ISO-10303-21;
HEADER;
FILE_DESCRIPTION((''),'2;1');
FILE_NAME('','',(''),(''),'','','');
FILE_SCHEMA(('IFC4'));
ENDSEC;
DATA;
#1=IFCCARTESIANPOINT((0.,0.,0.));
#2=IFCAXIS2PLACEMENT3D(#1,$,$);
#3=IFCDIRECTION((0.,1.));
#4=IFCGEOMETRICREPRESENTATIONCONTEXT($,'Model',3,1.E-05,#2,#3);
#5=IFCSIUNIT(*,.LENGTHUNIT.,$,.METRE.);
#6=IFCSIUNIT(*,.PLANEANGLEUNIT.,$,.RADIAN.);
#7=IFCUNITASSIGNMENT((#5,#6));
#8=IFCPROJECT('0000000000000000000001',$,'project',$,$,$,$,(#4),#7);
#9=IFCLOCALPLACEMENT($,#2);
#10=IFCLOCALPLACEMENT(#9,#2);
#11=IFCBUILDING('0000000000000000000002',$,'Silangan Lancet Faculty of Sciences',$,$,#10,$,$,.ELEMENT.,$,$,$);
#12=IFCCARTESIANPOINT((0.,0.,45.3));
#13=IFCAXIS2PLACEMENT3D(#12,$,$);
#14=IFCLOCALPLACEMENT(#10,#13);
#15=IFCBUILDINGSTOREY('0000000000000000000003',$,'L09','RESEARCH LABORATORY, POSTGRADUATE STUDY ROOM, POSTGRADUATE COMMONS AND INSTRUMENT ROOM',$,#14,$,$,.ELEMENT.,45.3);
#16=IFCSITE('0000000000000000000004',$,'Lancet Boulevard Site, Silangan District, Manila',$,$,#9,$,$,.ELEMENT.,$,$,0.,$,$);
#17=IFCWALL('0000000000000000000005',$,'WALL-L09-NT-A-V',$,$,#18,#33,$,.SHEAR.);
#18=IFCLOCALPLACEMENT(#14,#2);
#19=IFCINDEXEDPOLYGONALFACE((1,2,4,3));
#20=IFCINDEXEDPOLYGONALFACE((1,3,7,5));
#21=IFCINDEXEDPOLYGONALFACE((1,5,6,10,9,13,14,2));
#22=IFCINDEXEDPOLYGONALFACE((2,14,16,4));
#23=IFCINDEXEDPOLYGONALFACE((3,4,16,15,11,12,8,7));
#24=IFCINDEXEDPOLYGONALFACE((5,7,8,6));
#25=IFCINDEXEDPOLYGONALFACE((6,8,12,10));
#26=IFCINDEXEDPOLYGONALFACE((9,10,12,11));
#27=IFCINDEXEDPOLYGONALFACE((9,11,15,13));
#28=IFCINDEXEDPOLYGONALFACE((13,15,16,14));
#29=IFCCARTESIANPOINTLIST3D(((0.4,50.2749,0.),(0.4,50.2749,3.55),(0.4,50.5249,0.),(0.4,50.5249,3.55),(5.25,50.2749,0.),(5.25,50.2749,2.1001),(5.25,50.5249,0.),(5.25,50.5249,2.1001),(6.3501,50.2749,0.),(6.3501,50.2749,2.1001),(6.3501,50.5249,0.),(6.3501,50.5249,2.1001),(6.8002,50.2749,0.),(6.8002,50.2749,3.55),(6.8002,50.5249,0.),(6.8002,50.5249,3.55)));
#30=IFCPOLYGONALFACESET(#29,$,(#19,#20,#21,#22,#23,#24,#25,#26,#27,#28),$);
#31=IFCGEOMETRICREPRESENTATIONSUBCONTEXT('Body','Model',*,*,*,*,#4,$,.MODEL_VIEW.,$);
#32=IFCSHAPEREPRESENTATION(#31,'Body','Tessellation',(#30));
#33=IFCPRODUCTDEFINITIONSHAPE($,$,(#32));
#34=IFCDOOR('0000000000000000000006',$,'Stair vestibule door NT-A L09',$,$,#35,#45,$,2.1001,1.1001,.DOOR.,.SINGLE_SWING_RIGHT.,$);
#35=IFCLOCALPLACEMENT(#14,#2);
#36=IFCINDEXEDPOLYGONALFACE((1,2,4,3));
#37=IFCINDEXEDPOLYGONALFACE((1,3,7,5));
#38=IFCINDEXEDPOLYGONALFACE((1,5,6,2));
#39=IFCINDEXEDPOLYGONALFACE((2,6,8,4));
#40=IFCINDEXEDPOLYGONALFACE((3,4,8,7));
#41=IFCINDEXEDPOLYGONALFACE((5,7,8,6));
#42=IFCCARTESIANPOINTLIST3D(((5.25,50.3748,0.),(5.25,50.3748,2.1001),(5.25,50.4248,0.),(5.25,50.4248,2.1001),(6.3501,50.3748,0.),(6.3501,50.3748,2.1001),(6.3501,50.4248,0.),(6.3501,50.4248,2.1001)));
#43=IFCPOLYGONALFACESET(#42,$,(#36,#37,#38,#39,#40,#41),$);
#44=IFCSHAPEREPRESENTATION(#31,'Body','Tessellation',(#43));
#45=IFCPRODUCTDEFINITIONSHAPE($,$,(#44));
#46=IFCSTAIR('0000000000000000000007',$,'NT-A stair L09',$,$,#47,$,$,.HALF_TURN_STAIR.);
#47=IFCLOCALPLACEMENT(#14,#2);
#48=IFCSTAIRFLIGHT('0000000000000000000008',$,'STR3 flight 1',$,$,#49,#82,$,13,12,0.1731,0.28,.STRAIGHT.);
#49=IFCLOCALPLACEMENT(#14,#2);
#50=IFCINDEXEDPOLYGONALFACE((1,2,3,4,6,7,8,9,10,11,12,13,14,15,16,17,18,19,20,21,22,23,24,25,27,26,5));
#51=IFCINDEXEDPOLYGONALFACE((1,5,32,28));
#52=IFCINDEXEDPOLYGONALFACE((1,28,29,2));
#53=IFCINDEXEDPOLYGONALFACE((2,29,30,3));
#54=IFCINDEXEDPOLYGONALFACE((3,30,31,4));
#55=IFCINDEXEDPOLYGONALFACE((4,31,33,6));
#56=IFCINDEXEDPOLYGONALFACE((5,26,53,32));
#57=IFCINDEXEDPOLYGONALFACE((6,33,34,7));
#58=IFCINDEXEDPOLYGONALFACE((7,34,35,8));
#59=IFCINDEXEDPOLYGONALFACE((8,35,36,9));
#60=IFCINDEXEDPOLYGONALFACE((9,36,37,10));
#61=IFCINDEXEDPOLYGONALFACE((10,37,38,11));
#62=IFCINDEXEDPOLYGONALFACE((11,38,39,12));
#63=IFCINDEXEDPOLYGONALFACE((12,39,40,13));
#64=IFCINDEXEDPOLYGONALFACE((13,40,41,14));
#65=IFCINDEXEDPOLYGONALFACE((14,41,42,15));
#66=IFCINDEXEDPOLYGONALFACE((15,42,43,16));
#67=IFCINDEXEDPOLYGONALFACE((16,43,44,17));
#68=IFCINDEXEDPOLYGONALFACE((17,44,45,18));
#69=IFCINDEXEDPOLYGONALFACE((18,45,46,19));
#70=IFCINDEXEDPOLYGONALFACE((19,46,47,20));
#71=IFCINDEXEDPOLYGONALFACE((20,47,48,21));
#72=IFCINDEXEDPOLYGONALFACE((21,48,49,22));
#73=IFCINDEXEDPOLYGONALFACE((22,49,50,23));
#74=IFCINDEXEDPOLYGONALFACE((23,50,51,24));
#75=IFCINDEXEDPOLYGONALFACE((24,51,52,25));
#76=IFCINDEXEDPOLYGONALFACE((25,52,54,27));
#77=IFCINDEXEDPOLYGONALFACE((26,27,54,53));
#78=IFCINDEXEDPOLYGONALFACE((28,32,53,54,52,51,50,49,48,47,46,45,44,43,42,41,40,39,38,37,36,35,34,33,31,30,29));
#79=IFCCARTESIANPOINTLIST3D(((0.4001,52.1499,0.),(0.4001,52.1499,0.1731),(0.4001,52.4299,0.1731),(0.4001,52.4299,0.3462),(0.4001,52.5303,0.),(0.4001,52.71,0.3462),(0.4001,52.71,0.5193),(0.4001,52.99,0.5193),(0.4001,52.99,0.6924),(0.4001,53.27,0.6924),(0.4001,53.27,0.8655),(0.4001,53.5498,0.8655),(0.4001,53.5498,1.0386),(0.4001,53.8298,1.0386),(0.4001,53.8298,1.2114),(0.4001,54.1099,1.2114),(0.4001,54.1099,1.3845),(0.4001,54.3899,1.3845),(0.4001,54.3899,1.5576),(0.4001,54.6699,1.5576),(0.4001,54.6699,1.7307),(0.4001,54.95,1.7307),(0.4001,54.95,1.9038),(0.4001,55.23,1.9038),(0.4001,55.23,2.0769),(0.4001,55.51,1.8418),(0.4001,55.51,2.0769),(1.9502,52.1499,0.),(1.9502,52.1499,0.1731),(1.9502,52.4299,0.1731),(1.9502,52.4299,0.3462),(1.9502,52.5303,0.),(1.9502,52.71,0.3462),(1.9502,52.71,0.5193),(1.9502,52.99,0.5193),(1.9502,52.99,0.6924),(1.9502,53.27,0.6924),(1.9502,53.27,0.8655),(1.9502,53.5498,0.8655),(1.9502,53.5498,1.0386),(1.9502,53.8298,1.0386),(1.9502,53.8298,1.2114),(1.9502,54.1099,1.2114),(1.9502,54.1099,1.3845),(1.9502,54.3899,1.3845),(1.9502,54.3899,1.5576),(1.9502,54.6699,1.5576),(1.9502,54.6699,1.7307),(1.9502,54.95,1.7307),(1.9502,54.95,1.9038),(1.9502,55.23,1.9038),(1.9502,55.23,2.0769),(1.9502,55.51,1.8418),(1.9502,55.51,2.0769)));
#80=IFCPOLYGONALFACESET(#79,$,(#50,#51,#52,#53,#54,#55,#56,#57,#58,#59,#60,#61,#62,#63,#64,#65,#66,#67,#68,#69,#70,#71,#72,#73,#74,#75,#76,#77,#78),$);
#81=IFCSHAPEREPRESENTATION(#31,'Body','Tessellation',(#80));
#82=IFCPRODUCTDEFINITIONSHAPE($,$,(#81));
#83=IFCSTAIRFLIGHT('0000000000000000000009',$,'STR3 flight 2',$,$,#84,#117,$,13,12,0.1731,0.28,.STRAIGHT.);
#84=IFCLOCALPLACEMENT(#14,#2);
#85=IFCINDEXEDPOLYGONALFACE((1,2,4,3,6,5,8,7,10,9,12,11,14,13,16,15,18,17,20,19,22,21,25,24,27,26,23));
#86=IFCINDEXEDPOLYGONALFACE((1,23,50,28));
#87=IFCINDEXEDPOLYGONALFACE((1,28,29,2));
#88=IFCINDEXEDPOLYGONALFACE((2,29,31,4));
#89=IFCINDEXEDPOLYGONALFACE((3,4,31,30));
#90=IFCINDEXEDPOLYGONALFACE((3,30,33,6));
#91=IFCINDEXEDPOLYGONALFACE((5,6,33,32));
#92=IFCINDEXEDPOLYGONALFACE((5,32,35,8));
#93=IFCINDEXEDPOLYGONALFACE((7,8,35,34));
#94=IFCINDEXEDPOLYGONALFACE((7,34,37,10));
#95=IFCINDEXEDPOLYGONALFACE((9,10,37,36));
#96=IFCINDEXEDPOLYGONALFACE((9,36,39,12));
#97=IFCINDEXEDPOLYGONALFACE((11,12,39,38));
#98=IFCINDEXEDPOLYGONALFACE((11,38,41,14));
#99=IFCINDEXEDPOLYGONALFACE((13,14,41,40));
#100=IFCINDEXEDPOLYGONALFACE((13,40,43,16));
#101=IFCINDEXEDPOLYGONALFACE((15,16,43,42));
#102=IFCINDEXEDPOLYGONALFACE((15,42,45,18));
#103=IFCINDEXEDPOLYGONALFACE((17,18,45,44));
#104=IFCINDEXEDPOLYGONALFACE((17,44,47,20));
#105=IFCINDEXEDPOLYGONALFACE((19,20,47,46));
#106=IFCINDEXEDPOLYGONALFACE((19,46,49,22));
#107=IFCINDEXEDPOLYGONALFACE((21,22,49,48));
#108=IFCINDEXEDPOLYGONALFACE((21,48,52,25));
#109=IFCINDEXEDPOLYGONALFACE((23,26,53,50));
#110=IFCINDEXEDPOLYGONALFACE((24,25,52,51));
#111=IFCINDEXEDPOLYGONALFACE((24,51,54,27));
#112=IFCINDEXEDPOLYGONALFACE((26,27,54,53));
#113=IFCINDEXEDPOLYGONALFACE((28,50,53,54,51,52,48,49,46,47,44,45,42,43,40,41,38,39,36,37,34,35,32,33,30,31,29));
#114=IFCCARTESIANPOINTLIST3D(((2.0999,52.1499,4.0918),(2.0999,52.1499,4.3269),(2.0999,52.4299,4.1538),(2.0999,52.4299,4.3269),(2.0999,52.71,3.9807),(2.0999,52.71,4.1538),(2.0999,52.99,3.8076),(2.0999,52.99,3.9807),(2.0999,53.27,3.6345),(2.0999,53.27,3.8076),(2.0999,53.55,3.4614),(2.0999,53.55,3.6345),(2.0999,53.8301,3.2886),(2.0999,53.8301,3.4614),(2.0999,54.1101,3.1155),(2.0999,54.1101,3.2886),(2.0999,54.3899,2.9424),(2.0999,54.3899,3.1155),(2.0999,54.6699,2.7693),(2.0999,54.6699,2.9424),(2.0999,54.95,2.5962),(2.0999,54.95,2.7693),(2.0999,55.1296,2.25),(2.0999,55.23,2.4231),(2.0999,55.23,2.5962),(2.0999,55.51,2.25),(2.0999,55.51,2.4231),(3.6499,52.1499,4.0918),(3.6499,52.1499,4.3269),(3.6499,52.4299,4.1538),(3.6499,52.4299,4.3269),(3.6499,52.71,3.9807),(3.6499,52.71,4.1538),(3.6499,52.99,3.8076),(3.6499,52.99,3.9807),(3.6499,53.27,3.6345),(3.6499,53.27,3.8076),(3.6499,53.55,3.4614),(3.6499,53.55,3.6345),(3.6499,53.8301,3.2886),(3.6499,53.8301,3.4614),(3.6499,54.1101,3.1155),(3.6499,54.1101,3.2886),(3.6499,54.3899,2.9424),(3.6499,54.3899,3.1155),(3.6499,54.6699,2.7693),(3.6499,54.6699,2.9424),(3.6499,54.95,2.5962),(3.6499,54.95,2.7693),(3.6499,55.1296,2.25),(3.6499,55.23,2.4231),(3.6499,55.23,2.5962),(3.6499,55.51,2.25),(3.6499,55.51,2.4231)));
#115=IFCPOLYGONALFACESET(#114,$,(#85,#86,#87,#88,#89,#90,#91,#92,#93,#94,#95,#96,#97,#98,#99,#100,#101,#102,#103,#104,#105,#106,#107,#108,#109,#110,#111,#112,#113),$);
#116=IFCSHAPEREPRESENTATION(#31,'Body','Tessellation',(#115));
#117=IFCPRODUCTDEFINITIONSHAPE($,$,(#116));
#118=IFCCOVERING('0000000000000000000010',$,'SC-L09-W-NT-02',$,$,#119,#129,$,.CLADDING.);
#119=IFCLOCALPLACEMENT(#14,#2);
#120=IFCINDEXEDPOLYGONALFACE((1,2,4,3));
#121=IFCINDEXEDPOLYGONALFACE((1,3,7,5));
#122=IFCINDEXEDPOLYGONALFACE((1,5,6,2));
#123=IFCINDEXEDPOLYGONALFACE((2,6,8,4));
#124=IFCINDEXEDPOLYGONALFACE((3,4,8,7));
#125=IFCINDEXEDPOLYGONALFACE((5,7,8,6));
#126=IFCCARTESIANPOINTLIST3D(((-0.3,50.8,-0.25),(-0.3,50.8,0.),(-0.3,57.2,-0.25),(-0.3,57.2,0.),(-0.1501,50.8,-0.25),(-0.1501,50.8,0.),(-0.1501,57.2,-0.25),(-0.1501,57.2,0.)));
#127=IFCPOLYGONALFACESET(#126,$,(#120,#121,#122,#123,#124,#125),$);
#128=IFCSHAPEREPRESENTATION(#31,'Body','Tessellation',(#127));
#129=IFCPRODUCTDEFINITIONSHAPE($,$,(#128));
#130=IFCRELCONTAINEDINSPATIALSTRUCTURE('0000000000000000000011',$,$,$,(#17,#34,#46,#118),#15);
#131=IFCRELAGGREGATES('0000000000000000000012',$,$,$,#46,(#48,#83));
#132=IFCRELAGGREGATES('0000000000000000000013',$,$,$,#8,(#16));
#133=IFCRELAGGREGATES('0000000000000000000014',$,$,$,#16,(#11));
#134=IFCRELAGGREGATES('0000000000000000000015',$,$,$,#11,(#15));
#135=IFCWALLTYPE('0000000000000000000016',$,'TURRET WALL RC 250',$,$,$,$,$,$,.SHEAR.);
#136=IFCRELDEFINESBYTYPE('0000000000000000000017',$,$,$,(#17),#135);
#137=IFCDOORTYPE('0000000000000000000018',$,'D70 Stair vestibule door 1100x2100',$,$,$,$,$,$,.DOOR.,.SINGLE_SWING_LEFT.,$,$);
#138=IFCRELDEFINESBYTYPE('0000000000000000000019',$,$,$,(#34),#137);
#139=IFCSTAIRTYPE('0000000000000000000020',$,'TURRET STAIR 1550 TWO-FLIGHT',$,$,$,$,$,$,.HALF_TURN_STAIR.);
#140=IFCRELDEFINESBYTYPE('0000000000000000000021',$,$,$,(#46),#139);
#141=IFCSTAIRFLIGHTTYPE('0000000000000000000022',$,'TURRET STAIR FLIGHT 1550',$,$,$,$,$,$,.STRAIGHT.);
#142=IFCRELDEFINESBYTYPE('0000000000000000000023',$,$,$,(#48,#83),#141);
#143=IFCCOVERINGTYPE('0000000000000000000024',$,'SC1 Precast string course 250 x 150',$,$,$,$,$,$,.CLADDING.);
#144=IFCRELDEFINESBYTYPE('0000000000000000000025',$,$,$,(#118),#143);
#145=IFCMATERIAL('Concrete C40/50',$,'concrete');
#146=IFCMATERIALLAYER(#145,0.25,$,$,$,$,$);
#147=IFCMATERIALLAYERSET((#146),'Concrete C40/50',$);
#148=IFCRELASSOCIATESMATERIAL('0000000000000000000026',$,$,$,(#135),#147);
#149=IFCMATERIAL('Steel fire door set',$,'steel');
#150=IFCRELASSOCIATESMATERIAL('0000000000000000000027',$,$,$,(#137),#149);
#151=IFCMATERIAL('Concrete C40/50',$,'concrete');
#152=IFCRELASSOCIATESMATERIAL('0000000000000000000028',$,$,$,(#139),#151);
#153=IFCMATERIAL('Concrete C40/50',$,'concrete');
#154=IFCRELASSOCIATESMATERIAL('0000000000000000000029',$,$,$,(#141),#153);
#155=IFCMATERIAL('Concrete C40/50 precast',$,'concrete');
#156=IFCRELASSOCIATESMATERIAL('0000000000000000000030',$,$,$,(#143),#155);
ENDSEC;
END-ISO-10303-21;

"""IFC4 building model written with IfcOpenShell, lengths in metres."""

from ifc_helpers import new_model, si_unit, direction, frame, frame_2d, origin, origin_2d, place, context, subcontext, project, spatial, polyline, rectangle, outline, extrude, material, layer, layer_set, type_object, element, fill, aggregate, save


model = new_model("IFC4")

# Units and contexts
model_context = context("Model", 3, precision=1e-05, world=origin(), true_north=direction((0.0, 1.0)))
body_context = subcontext(model_context, "Body", "Model", "MODEL_VIEW")
ifc_project = project(units=[si_unit("LENGTHUNIT", "METRE"), si_unit("PLANEANGLEUNIT", "RADIAN")], contexts=[model_context])

# Site, building, storey
site_placement = place(None, origin())
site = spatial("IfcSite", under=ifc_project, at=site_placement, Name="Lancet Boulevard Site, Silangan District, Manila", CompositionType="ELEMENT", RefElevation=0.0)
building_placement = place(site_placement, origin())
building = spatial("IfcBuilding", under=site, at=building_placement, Name="Silangan Lancet Faculty of Sciences", CompositionType="ELEMENT")
storey_placement = place(building_placement, frame((0.0, 0.0, 45.3)))
storey = spatial("IfcBuildingStorey", under=building, at=storey_placement, Name="L09", Description="RESEARCH LABORATORY, POSTGRADUATE STUDY ROOM, POSTGRADUATE COMMONS AND INSTRUMENT ROOM", CompositionType="ELEMENT", Elevation=45.3)

# Wall, opening, door
ifc_material_1 = material(Name="Concrete C40/50", Category="concrete")
ifc_layer_1 = layer(ifc_material_1, 0.25)
ifc_layer_set_1 = layer_set([ifc_layer_1], Name="Concrete C40/50")
wall_type_1 = type_object("IfcWallType", Name="TURRET WALL RC 250", PredefinedType="SHEAR", material=ifc_layer_set_1)
wall_1_placement = place(storey_placement, frame((0.3999, 50.3999, 0.0), z_axis=(0.0, 0.0, 1.0), x_axis=(1.0, 0.0, 0.0)))
wall_1 = element("IfcWall", 1, at=wall_1_placement, inside=storey, type_object=wall_type_1, Name="WALL-L09-NT-A-V", PredefinedType="SHEAR", context=body_context, shape_type="SweptSolid", body=[
    extrude(rectangle(XDim=6.4001, YDim=0.25, at=frame_2d((3.2002, 0.0))), origin(), (0.0, 0.0, 1.0), 3.55),
])
opening_1_placement = place(wall_1_placement, frame((4.8501, 0.0, 0.0)))
opening_1 = element("IfcOpeningElement", 2, at=opening_1_placement, cuts=wall_1, PredefinedType="OPENING", context=body_context, shape_type="SweptSolid", body=[
    extrude(rectangle(XDim=1.1001, YDim=2.1001, at=frame_2d((0.55, 1.05))), frame((0.0, 0.135, 0.0), z_axis=(0.0, -1.0, 0.0), x_axis=(1.0, 0.0, 0.0)), (0.0, 0.0, 1.0), 0.27),
])
ifc_material_2 = material(Name="Steel fire door set", Category="steel")
door_type = type_object("IfcDoorType", Name="D70 Stair vestibule door 1100x2100", OperationType="SINGLE_SWING_LEFT", PredefinedType="DOOR", material=ifc_material_2)
door_placement = place(opening_1_placement, origin())
door = element("IfcDoor", 3, at=door_placement, inside=storey, type_object=door_type, Name="Stair vestibule door NT-A L09", OperationType="SINGLE_SWING_RIGHT", OverallHeight=2.1001, OverallWidth=1.1001, PredefinedType="DOOR", context=body_context, shape_type="SweptSolid", body=[
    extrude(rectangle(XDim=1.1001, YDim=2.1001, at=frame_2d((0.55, 1.05))), frame((0.0, 0.0249, 0.0), z_axis=(0.0, -1.0, 0.0), x_axis=(1.0, 0.0, 0.0)), (0.0, 0.0, 1.0), 0.05),
])
fill(opening_1, door)

# Stair, stair flights
ifc_material_3 = material(Name="Concrete C40/50", Category="concrete")
stair_type = type_object("IfcStairType", Name="TURRET STAIR 1550 TWO-FLIGHT", PredefinedType="HALF_TURN_STAIR", material=ifc_material_3)
stair_placement = place(storey_placement, origin())
stair = element("IfcStair", 4, at=stair_placement, inside=storey, type_object=stair_type, Name="NT-A stair L09", PredefinedType="HALF_TURN_STAIR")
ifc_material_4 = material(Name="Concrete C40/50", Category="concrete")
stair_flight_type = type_object("IfcStairFlightType", Name="TURRET STAIR FLIGHT 1550", PredefinedType="STRAIGHT", material=ifc_material_4)
stair_flight_1_placement = place(storey_placement, frame((1.175, 52.1499, 0.0), z_axis=(0.0, 0.0, 1.0), x_axis=(0.0, 1.0, 0.0)))
stair_flight_1 = element("IfcStairFlight", 5, at=stair_flight_1_placement, type_object=stair_flight_type, Name="STR3 flight 1", NumberOfRisers=13, NumberOfTreads=12, PredefinedType="STRAIGHT", RiserHeight=0.1731, TreadLength=0.28, context=body_context, shape_type="SweptSolid", body=[
    extrude(outline(polyline([(0.0, 0.0), (0.0, 0.1731), (0.28, 0.1731), (0.28, 0.3462), (0.5601, 0.3462), (0.5601, 0.5193), (0.8401, 0.5193), (0.8401, 0.6924), (1.1201, 0.6924), (1.1201, 0.8655), (1.3999, 0.8655), (1.3999, 1.0386), (1.6799, 1.0386), (1.6799, 1.2114), (1.96, 1.2114), (1.96, 1.3845), (2.24, 1.3845), (2.24, 1.5576), (2.52, 1.5576), (2.52, 1.7307), (2.8, 1.7307), (2.8, 1.9038), (3.0801, 1.9038), (3.0801, 2.0769), (3.3601, 2.0769), (3.3601, 2.25), (3.3601, 1.8418), (0.3804, 0.0), (0.0, 0.0)])), frame((0.0, 0.7749, 0.0), z_axis=(0.0, -1.0, 0.0), x_axis=(1.0, 0.0, 0.0)), (0.0, 0.0, 1.0), 1.55),
])
stair_flight_2_placement = place(storey_placement, frame((2.875, 55.51, 2.25), z_axis=(0.0, 0.0, 1.0), x_axis=(0.0, -1.0, 0.0)))
stair_flight_2 = element("IfcStairFlight", 6, at=stair_flight_2_placement, type_object=stair_flight_type, Name="STR3 flight 2", NumberOfRisers=13, NumberOfTreads=12, PredefinedType="STRAIGHT", RiserHeight=0.1731, TreadLength=0.28, context=body_context, shape_type="SweptSolid", body=[
    extrude(outline(polyline([(0.0, 0.0), (0.0, 0.1731), (0.28, 0.1731), (0.28, 0.3462), (0.5601, 0.3462), (0.5601, 0.5193), (0.8401, 0.5193), (0.8401, 0.6924), (1.1201, 0.6924), (1.1201, 0.8655), (1.3999, 0.8655), (1.3999, 1.0386), (1.6799, 1.0386), (1.6799, 1.2114), (1.96, 1.2114), (1.96, 1.3845), (2.24, 1.3845), (2.24, 1.5576), (2.52, 1.5576), (2.52, 1.7307), (2.8, 1.7307), (2.8, 1.9038), (3.0801, 1.9038), (3.0801, 2.0769), (3.3601, 2.0769), (3.3601, 2.25), (3.3601, 1.8418), (0.3804, 0.0), (0.0, 0.0)])), frame((0.0, 0.7749, 0.0), z_axis=(0.0, -1.0, 0.0), x_axis=(1.0, 0.0, 0.0)), (0.0, 0.0, 1.0), 1.55),
])
aggregate(stair, [stair_flight_1, stair_flight_2])

# Covering
ifc_material_5 = material(Name="Concrete C40/50 precast", Category="concrete")
covering_type = type_object("IfcCoveringType", Name="SC1 Precast string course 250 x 150", PredefinedType="CLADDING", material=ifc_material_5)
covering_placement = place(storey_placement, frame((-0.2251, 54.0, -0.25), z_axis=(0.0, 0.0, 1.0), x_axis=(1.0, 0.0, 0.0)))
element("IfcCovering", 7, at=covering_placement, inside=storey, type_object=covering_type, Name="SC-L09-W-NT-02", PredefinedType="CLADDING", context=body_context, shape_type="SweptSolid", body=[
    extrude(rectangle(XDim=0.1499, YDim=6.3999, at=origin_2d()), origin(), (0.0, 0.0, 1.0), 0.25),
])

save(model, "model.ifc")
